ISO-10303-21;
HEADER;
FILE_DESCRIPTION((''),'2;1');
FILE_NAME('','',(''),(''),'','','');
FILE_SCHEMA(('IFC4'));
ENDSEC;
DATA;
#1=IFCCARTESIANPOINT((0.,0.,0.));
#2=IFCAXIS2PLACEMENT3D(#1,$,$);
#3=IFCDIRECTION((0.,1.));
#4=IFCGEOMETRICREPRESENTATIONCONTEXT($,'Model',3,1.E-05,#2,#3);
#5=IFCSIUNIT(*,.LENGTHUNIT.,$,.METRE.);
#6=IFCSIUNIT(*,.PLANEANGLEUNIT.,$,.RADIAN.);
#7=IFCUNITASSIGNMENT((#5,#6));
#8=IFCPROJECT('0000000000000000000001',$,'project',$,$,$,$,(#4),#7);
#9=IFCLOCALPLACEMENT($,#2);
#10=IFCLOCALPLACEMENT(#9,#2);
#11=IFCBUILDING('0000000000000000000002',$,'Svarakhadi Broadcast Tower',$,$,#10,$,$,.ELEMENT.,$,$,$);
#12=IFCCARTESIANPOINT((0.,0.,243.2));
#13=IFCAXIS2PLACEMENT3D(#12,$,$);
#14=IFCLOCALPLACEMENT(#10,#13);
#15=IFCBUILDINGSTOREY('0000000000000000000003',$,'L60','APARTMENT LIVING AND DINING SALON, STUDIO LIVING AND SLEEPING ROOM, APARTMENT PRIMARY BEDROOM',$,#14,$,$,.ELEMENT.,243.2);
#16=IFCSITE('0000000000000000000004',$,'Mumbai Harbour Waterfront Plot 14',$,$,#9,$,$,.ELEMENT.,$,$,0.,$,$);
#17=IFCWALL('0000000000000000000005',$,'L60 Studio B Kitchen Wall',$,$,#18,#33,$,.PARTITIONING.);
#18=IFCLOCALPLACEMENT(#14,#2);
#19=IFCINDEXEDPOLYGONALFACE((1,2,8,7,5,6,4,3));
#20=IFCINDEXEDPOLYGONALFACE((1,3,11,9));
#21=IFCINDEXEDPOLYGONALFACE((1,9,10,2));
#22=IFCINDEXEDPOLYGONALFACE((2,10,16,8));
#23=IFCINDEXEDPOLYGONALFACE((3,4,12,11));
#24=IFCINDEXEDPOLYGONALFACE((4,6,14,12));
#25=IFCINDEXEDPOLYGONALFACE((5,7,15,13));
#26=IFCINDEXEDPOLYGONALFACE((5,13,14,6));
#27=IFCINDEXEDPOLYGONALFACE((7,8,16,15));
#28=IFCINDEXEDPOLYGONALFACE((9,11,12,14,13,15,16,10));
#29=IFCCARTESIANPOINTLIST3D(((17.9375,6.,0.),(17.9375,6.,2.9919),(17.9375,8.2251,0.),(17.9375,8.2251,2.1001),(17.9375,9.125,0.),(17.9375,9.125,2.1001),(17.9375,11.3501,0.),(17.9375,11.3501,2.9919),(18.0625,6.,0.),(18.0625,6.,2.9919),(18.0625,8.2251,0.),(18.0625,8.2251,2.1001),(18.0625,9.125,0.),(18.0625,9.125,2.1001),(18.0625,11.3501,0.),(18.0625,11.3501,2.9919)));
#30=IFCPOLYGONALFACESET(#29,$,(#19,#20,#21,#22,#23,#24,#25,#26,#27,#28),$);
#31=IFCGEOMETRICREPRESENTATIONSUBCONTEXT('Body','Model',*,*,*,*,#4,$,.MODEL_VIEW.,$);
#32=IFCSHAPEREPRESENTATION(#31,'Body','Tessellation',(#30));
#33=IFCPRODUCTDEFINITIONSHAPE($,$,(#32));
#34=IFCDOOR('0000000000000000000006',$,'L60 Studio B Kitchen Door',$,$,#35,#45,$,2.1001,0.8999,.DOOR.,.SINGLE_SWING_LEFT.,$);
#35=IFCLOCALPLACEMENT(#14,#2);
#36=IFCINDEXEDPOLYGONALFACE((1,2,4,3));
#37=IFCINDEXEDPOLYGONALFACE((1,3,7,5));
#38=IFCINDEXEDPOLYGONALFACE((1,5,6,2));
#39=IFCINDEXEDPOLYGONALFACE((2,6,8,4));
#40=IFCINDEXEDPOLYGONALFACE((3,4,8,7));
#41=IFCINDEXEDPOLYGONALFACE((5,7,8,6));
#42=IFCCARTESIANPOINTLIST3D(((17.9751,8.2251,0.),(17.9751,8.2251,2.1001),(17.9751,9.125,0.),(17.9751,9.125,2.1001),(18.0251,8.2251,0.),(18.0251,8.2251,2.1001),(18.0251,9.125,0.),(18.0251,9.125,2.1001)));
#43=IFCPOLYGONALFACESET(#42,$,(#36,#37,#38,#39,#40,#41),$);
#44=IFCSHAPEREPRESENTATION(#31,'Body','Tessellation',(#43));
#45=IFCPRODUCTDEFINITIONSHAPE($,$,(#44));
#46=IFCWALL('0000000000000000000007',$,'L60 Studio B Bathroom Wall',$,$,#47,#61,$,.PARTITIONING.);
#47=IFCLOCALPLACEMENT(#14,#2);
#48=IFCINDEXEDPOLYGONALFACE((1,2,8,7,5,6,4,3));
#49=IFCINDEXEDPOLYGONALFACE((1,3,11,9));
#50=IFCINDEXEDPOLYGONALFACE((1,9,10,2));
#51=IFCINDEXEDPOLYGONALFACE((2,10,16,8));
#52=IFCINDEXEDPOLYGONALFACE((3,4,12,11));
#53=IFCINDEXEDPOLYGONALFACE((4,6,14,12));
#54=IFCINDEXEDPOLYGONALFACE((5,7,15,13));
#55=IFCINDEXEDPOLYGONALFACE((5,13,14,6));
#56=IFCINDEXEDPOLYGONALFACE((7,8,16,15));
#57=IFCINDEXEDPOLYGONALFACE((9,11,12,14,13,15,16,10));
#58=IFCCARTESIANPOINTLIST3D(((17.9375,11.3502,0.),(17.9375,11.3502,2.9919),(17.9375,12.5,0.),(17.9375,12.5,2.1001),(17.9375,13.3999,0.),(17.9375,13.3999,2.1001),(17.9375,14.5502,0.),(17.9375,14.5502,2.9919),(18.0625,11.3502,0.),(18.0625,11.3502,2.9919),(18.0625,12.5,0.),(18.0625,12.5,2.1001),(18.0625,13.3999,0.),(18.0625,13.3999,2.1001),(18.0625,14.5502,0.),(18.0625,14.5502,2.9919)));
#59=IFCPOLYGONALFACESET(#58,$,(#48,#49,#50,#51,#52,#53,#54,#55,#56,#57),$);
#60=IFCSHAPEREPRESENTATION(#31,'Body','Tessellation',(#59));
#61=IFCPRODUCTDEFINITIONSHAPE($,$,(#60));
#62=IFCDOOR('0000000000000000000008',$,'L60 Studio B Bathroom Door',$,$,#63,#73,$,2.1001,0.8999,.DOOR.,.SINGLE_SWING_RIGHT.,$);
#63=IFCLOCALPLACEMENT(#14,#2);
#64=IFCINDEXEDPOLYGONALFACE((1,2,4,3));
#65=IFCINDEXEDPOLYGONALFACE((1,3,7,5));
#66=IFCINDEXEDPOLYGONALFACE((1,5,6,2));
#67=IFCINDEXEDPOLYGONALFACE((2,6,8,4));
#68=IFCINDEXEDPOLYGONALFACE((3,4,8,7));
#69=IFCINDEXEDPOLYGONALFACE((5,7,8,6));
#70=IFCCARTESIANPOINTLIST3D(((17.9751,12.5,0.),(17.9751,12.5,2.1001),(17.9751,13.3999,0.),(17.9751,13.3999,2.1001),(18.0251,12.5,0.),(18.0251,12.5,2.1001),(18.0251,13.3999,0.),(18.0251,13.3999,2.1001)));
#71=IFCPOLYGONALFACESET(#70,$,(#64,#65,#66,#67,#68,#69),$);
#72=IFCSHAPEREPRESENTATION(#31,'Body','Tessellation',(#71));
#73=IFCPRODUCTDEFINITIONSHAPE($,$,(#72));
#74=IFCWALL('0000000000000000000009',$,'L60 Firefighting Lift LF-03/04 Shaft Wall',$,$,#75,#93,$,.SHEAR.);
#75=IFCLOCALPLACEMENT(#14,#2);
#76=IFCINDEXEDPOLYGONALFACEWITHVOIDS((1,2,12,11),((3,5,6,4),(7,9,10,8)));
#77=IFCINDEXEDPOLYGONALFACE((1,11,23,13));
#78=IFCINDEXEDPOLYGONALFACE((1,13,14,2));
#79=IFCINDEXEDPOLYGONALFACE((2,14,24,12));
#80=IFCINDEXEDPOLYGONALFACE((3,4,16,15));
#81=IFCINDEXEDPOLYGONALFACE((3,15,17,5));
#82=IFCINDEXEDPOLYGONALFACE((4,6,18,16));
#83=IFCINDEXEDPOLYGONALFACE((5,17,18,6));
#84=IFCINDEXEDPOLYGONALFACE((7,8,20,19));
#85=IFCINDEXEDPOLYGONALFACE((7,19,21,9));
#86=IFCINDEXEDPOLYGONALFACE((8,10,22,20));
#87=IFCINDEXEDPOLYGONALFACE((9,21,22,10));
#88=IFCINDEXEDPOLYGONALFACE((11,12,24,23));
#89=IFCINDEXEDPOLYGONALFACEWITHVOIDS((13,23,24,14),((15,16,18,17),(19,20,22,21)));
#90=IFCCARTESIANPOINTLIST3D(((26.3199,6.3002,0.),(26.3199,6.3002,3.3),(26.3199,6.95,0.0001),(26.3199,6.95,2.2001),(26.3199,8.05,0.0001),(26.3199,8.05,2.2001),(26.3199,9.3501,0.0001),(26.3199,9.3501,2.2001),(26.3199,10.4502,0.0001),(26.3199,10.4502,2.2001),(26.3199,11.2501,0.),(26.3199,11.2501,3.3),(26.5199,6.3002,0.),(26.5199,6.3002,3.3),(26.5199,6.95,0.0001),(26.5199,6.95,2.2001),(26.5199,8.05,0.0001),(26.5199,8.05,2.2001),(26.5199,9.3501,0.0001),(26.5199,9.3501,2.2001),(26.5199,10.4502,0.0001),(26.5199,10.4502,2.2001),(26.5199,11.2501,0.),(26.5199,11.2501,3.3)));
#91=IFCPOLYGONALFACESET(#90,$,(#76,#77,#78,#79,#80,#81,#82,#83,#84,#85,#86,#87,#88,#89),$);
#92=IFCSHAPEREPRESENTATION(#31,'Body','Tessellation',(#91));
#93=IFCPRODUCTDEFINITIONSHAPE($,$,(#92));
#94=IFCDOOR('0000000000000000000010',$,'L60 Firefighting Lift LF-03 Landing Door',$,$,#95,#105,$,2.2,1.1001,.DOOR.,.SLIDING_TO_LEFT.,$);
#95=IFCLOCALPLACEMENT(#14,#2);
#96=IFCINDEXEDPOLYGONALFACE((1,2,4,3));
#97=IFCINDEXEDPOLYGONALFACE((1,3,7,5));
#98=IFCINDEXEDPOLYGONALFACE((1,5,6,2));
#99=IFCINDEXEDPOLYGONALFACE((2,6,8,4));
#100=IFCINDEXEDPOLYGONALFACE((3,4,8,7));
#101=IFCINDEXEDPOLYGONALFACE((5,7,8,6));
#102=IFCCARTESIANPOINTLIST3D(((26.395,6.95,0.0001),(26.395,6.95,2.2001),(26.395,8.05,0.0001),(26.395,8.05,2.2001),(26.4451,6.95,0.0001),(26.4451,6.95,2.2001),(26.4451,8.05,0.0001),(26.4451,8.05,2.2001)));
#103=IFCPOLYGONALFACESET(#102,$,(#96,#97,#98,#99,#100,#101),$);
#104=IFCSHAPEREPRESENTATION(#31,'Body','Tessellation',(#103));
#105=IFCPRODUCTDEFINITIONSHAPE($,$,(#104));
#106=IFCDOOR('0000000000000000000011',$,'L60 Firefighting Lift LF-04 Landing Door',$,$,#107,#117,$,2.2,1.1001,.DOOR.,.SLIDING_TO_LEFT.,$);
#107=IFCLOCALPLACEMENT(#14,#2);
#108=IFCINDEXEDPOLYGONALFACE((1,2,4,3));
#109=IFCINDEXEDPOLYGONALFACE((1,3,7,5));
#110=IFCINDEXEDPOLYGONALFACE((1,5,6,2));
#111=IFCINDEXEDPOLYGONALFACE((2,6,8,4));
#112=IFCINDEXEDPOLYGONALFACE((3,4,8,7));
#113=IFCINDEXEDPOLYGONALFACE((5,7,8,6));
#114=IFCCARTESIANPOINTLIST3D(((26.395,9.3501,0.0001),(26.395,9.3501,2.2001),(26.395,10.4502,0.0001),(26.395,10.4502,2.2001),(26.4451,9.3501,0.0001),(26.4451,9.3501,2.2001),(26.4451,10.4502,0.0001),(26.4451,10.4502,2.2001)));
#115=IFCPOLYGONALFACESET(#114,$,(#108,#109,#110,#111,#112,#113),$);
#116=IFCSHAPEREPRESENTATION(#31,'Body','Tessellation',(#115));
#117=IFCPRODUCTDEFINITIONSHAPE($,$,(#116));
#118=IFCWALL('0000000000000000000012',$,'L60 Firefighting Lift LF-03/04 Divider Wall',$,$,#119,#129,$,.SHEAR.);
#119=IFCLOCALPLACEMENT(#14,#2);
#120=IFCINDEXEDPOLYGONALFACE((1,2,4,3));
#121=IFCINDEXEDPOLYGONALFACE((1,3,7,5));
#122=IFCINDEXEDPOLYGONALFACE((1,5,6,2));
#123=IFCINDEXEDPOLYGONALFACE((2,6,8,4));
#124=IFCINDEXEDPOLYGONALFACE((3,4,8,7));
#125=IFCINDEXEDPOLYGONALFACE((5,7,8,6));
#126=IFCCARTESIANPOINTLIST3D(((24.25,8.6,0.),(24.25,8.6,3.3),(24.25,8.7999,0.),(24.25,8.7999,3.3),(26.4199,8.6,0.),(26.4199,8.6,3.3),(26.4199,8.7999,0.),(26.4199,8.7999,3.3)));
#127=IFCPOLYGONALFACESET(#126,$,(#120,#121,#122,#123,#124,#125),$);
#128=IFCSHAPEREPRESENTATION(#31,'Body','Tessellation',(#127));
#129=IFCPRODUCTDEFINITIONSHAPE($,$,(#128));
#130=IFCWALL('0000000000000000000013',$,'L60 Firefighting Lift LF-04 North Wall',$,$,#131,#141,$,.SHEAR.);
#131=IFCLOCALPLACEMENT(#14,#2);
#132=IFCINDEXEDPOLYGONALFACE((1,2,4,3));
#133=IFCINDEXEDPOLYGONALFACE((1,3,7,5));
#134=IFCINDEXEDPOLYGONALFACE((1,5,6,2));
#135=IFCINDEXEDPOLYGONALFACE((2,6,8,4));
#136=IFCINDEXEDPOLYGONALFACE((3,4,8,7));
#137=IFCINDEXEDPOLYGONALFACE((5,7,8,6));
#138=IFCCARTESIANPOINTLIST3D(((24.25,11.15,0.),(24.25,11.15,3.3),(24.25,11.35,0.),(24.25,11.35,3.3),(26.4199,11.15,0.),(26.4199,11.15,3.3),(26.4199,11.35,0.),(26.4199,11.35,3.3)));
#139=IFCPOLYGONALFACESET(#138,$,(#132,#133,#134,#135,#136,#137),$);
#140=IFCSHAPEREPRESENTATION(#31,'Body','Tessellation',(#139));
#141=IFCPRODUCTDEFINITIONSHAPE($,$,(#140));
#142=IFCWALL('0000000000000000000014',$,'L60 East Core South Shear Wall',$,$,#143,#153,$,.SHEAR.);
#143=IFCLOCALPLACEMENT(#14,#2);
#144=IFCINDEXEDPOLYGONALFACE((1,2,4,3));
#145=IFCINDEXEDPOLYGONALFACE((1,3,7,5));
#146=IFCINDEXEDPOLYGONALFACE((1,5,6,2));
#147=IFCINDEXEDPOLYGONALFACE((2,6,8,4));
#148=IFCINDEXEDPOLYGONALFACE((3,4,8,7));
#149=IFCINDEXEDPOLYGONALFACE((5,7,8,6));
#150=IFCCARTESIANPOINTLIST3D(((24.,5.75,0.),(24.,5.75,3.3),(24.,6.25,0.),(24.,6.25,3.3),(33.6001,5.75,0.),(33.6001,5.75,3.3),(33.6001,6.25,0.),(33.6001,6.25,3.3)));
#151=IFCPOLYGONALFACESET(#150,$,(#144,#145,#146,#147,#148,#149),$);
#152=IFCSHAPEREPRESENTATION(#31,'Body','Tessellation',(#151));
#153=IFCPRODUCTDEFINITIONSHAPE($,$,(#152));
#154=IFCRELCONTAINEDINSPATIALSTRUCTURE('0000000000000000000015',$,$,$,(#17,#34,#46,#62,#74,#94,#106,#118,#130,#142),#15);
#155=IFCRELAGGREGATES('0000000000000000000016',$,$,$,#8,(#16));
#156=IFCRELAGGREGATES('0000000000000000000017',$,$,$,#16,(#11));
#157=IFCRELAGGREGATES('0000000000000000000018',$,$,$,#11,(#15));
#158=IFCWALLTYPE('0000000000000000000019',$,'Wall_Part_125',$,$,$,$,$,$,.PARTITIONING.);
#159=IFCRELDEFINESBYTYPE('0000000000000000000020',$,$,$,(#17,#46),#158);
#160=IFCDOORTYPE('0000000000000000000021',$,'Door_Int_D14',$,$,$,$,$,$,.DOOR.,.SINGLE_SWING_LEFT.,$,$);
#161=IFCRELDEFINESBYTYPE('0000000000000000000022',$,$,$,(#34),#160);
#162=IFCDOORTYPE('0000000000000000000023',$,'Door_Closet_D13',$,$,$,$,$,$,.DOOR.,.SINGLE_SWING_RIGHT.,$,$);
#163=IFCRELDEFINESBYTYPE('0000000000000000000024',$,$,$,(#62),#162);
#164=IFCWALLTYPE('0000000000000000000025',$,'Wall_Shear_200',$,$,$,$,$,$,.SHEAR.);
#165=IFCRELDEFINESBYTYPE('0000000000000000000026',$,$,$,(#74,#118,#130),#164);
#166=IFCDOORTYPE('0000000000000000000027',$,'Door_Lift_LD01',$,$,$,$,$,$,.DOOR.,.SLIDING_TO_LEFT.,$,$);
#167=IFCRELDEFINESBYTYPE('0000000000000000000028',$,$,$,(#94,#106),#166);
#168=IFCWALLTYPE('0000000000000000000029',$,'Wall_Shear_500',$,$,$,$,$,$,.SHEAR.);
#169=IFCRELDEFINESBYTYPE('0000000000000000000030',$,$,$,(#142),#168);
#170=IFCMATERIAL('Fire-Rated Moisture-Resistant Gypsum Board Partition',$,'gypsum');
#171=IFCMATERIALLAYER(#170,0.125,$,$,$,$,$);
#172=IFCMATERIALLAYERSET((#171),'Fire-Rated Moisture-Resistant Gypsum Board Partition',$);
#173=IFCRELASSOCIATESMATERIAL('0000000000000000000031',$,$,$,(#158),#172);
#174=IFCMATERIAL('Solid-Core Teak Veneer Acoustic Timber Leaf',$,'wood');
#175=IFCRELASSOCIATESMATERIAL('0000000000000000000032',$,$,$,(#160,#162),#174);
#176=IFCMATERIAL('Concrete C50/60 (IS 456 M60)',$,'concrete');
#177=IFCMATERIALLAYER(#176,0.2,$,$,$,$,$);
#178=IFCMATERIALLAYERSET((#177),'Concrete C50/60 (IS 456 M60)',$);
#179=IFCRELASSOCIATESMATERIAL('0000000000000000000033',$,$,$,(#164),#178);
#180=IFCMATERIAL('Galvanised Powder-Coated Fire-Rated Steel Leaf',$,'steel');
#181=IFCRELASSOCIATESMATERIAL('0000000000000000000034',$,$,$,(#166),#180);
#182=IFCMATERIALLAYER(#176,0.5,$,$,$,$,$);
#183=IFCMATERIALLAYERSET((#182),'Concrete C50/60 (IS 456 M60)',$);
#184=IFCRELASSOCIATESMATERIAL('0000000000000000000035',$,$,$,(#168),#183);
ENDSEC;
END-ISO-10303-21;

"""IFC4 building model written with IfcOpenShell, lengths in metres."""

from ifc_helpers import new_model, si_unit, direction, frame, frame_2d, origin, place, context, subcontext, project, spatial, rectangle, extrude, material, layer, layer_set, type_object, element, fill, save


model = new_model("IFC4")

# Units and contexts
model_context = context("Model", 3, precision=1e-05, world=origin(), true_north=direction((0.0, 1.0)))
body_context = subcontext(model_context, "Body", "Model", "MODEL_VIEW")
ifc_project = project(units=[si_unit("LENGTHUNIT", "METRE"), si_unit("PLANEANGLEUNIT", "RADIAN")], contexts=[model_context])

# Site, building, storey
site_placement = place(None, origin())
site = spatial("IfcSite", under=ifc_project, at=site_placement, Name="Mumbai Harbour Waterfront Plot 14", CompositionType="ELEMENT", RefElevation=0.0)
building_placement = place(site_placement, origin())
building = spatial("IfcBuilding", under=site, at=building_placement, Name="Svarakhadi Broadcast Tower", CompositionType="ELEMENT")
storey_placement = place(building_placement, frame((0.0, 0.0, 243.2)))
storey = spatial("IfcBuildingStorey", under=building, at=storey_placement, Name="L60", Description="APARTMENT LIVING AND DINING SALON, STUDIO LIVING AND SLEEPING ROOM, APARTMENT PRIMARY BEDROOM", CompositionType="ELEMENT", Elevation=243.2)

# Shared definitions
ifc_material_1 = material(Name="Concrete C50/60 (IS 456 M60)", Category="concrete")

# Shared definitions
ifc_material_2 = material(Name="Fire-Rated Moisture-Resistant Gypsum Board Partition", Category="gypsum")
ifc_layer_1 = layer(ifc_material_2, 0.125)
ifc_layer_set_1 = layer_set([ifc_layer_1], Name="Fire-Rated Moisture-Resistant Gypsum Board Partition")
wall_type_1 = type_object("IfcWallType", Name="Wall_Part_125", PredefinedType="PARTITIONING", material=ifc_layer_set_1)

# Walls, openings, doors
wall_1_placement = place(storey_placement, frame((18.0, 6.0, 0.0), z_axis=(0.0, 0.0, 1.0), x_axis=(0.0, 1.0, 0.0)))
wall_1 = element("IfcWall", 1, at=wall_1_placement, inside=storey, type_object=wall_type_1, Name="L60 Studio B Kitchen Wall", PredefinedType="PARTITIONING", context=body_context, shape_type="SweptSolid", body=[
    extrude(rectangle(XDim=5.3501, YDim=0.125, at=frame_2d((2.675, 0.0))), origin(), (0.0, 0.0, 1.0), 2.9919),
])
opening_1_placement = place(wall_1_placement, frame((2.2251, 0.0, 0.0)))
opening_1 = element("IfcOpeningElement", 2, at=opening_1_placement, cuts=wall_1, PredefinedType="OPENING", context=body_context, shape_type="SweptSolid", body=[
    extrude(rectangle(XDim=0.8999, YDim=2.1001, at=frame_2d((0.45, 1.05))), frame((0.0, 0.0725, 0.0), z_axis=(0.0, -1.0, 0.0), x_axis=(1.0, 0.0, 0.0)), (0.0, 0.0, 1.0), 0.145),
])
ifc_material_3 = material(Name="Solid-Core Teak Veneer Acoustic Timber Leaf", Category="wood")
door_type_1 = type_object("IfcDoorType", Name="Door_Int_D14", OperationType="SINGLE_SWING_LEFT", PredefinedType="DOOR", material=ifc_material_3)
door_1_placement = place(opening_1_placement, origin())
door_1 = element("IfcDoor", 3, at=door_1_placement, inside=storey, type_object=door_type_1, Name="L60 Studio B Kitchen Door", OperationType="SINGLE_SWING_LEFT", OverallHeight=2.1001, OverallWidth=0.8999, PredefinedType="DOOR", context=body_context, shape_type="SweptSolid", body=[
    extrude(rectangle(XDim=0.8999, YDim=2.1001, at=frame_2d((0.45, 1.05))), frame((0.0, 0.0249, 0.0), z_axis=(0.0, -1.0, 0.0), x_axis=(1.0, 0.0, 0.0)), (0.0, 0.0, 1.0), 0.05),
])
fill(opening_1, door_1)
wall_2_placement = place(storey_placement, frame((18.0, 11.3501, 0.0), z_axis=(0.0, 0.0, 1.0), x_axis=(0.0, 1.0, 0.0)))
wall_2 = element("IfcWall", 4, at=wall_2_placement, inside=storey, type_object=wall_type_1, Name="L60 Studio B Bathroom Wall", PredefinedType="PARTITIONING", context=body_context, shape_type="SweptSolid", body=[
    extrude(rectangle(XDim=3.2, YDim=0.125, at=frame_2d((1.6001, 0.0))), origin(), (0.0, 0.0, 1.0), 2.9919),
])
opening_2_placement = place(wall_2_placement, frame((1.1499, 0.0, 0.0)))
opening_2 = element("IfcOpeningElement", 5, at=opening_2_placement, cuts=wall_2, PredefinedType="OPENING", context=body_context, shape_type="SweptSolid", body=[
    extrude(rectangle(XDim=0.8999, YDim=2.1001, at=frame_2d((0.45, 1.05))), frame((0.0, 0.0725, 0.0), z_axis=(0.0, -1.0, 0.0), x_axis=(1.0, 0.0, 0.0)), (0.0, 0.0, 1.0), 0.145),
])
door_type_2 = type_object("IfcDoorType", Name="Door_Closet_D13", OperationType="SINGLE_SWING_RIGHT", PredefinedType="DOOR", material=ifc_material_3)
door_2_placement = place(opening_2_placement, origin())
door_2 = element("IfcDoor", 6, at=door_2_placement, inside=storey, type_object=door_type_2, Name="L60 Studio B Bathroom Door", OperationType="SINGLE_SWING_RIGHT", OverallHeight=2.1001, OverallWidth=0.8999, PredefinedType="DOOR", context=body_context, shape_type="SweptSolid", body=[
    extrude(rectangle(XDim=0.8999, YDim=2.1001, at=frame_2d((0.45, 1.05))), frame((0.0, 0.0249, 0.0), z_axis=(0.0, -1.0, 0.0), x_axis=(1.0, 0.0, 0.0)), (0.0, 0.0, 1.0), 0.05),
])
fill(opening_2, door_2)

# Wall, openings, doors
ifc_layer_2 = layer(ifc_material_1, 0.2)
ifc_layer_set_2 = layer_set([ifc_layer_2], Name="Concrete C50/60 (IS 456 M60)")
wall_type_2 = type_object("IfcWallType", Name="Wall_Shear_200", PredefinedType="SHEAR", material=ifc_layer_set_2)
wall_3_placement = place(storey_placement, frame((26.4199, 6.3, 0.0), z_axis=(0.0, 0.0, 1.0), x_axis=(0.0, 1.0, 0.0)))
wall_3 = element("IfcWall", 7, at=wall_3_placement, inside=storey, type_object=wall_type_2, Name="L60 Firefighting Lift LF-03/04 Shaft Wall", PredefinedType="SHEAR", context=body_context, shape_type="SweptSolid", body=[
    extrude(rectangle(XDim=4.95, YDim=0.2, at=frame_2d((2.4751, 0.0))), origin(), (0.0, 0.0, 1.0), 3.3),
])
opening_3_placement = place(wall_3_placement, frame((0.6499, 0.0, 0.0)))
opening_3 = element("IfcOpeningElement", 8, at=opening_3_placement, cuts=wall_3, PredefinedType="OPENING", context=body_context, shape_type="SweptSolid", body=[
    extrude(rectangle(XDim=1.1001, YDim=2.2, at=frame_2d((0.55, 1.1001))), frame((0.0, 0.1099, 0.0), z_axis=(0.0, -1.0, 0.0), x_axis=(1.0, 0.0, 0.0)), (0.0, 0.0, 1.0), 0.22),
])
opening_4_placement = place(wall_3_placement, frame((3.05, 0.0, 0.0)))
opening_4 = element("IfcOpeningElement", 9, at=opening_4_placement, cuts=wall_3, PredefinedType="OPENING", context=body_context, shape_type="SweptSolid", body=[
    extrude(rectangle(XDim=1.1001, YDim=2.2, at=frame_2d((0.55, 1.1001))), frame((0.0, 0.1099, 0.0), z_axis=(0.0, -1.0, 0.0), x_axis=(1.0, 0.0, 0.0)), (0.0, 0.0, 1.0), 0.22),
])
ifc_material_4 = material(Name="Galvanised Powder-Coated Fire-Rated Steel Leaf", Category="steel")
door_type_3 = type_object("IfcDoorType", Name="Door_Lift_LD01", OperationType="SLIDING_TO_LEFT", PredefinedType="DOOR", material=ifc_material_4)
door_3_placement = place(opening_3_placement, origin())
door_3 = element("IfcDoor", 10, at=door_3_placement, inside=storey, type_object=door_type_3, Name="L60 Firefighting Lift LF-03 Landing Door", OperationType="SLIDING_TO_LEFT", OverallHeight=2.2, OverallWidth=1.1001, PredefinedType="DOOR", context=body_context, shape_type="SweptSolid", body=[
    extrude(rectangle(XDim=1.1001, YDim=2.2, at=frame_2d((0.55, 1.1001))), frame((0.0, 0.0249, 0.0), z_axis=(0.0, -1.0, 0.0), x_axis=(1.0, 0.0, 0.0)), (0.0, 0.0, 1.0), 0.05),
])
fill(opening_3, door_3)
door_4_placement = place(opening_4_placement, origin())
door_4 = element("IfcDoor", 11, at=door_4_placement, inside=storey, type_object=door_type_3, Name="L60 Firefighting Lift LF-04 Landing Door", OperationType="SLIDING_TO_LEFT", OverallHeight=2.2, OverallWidth=1.1001, PredefinedType="DOOR", context=body_context, shape_type="SweptSolid", body=[
    extrude(rectangle(XDim=1.1001, YDim=2.2, at=frame_2d((0.55, 1.1001))), frame((0.0, 0.0249, 0.0), z_axis=(0.0, -1.0, 0.0), x_axis=(1.0, 0.0, 0.0)), (0.0, 0.0, 1.0), 0.05),
])
fill(opening_4, door_4)

# Walls
for number, where, z_axis, x_axis, name in (
    (12, (24.25, 8.7, 0.0), (0.0, 0.0, 1.0), (1.0, 0.0, 0.0), "L60 Firefighting Lift LF-03/04 Divider Wall"),
    (13, (24.25, 11.25, 0.0), (0.0, 0.0, 1.0), (1.0, 0.0, 0.0), "L60 Firefighting Lift LF-04 North Wall"),
):
    element("IfcWall", number, at=place(storey_placement, frame(where, z_axis=z_axis, x_axis=x_axis)), inside=storey, type_object=wall_type_2, Name=name, PredefinedType="SHEAR", context=body_context, shape_type="SweptSolid", body=[
        extrude(rectangle(XDim=2.1699, YDim=0.2, at=frame_2d((1.085, 0.0))), origin(), (0.0, 0.0, 1.0), 3.3),
    ])
ifc_layer_3 = layer(ifc_material_1, 0.5)
ifc_layer_set_3 = layer_set([ifc_layer_3], Name="Concrete C50/60 (IS 456 M60)")
wall_type_3 = type_object("IfcWallType", Name="Wall_Shear_500", PredefinedType="SHEAR", material=ifc_layer_set_3)
wall_4_placement = place(storey_placement, frame((24.0, 6.0, 0.0), z_axis=(0.0, 0.0, 1.0), x_axis=(1.0, 0.0, 0.0)))
element("IfcWall", 14, at=wall_4_placement, inside=storey, type_object=wall_type_3, Name="L60 East Core South Shear Wall", PredefinedType="SHEAR", context=body_context, shape_type="SweptSolid", body=[
    extrude(rectangle(XDim=9.6001, YDim=0.5, at=frame_2d((4.8, 0.0))), origin(), (0.0, 0.0, 1.0), 3.3),
])

save(model, "model.ifc")
